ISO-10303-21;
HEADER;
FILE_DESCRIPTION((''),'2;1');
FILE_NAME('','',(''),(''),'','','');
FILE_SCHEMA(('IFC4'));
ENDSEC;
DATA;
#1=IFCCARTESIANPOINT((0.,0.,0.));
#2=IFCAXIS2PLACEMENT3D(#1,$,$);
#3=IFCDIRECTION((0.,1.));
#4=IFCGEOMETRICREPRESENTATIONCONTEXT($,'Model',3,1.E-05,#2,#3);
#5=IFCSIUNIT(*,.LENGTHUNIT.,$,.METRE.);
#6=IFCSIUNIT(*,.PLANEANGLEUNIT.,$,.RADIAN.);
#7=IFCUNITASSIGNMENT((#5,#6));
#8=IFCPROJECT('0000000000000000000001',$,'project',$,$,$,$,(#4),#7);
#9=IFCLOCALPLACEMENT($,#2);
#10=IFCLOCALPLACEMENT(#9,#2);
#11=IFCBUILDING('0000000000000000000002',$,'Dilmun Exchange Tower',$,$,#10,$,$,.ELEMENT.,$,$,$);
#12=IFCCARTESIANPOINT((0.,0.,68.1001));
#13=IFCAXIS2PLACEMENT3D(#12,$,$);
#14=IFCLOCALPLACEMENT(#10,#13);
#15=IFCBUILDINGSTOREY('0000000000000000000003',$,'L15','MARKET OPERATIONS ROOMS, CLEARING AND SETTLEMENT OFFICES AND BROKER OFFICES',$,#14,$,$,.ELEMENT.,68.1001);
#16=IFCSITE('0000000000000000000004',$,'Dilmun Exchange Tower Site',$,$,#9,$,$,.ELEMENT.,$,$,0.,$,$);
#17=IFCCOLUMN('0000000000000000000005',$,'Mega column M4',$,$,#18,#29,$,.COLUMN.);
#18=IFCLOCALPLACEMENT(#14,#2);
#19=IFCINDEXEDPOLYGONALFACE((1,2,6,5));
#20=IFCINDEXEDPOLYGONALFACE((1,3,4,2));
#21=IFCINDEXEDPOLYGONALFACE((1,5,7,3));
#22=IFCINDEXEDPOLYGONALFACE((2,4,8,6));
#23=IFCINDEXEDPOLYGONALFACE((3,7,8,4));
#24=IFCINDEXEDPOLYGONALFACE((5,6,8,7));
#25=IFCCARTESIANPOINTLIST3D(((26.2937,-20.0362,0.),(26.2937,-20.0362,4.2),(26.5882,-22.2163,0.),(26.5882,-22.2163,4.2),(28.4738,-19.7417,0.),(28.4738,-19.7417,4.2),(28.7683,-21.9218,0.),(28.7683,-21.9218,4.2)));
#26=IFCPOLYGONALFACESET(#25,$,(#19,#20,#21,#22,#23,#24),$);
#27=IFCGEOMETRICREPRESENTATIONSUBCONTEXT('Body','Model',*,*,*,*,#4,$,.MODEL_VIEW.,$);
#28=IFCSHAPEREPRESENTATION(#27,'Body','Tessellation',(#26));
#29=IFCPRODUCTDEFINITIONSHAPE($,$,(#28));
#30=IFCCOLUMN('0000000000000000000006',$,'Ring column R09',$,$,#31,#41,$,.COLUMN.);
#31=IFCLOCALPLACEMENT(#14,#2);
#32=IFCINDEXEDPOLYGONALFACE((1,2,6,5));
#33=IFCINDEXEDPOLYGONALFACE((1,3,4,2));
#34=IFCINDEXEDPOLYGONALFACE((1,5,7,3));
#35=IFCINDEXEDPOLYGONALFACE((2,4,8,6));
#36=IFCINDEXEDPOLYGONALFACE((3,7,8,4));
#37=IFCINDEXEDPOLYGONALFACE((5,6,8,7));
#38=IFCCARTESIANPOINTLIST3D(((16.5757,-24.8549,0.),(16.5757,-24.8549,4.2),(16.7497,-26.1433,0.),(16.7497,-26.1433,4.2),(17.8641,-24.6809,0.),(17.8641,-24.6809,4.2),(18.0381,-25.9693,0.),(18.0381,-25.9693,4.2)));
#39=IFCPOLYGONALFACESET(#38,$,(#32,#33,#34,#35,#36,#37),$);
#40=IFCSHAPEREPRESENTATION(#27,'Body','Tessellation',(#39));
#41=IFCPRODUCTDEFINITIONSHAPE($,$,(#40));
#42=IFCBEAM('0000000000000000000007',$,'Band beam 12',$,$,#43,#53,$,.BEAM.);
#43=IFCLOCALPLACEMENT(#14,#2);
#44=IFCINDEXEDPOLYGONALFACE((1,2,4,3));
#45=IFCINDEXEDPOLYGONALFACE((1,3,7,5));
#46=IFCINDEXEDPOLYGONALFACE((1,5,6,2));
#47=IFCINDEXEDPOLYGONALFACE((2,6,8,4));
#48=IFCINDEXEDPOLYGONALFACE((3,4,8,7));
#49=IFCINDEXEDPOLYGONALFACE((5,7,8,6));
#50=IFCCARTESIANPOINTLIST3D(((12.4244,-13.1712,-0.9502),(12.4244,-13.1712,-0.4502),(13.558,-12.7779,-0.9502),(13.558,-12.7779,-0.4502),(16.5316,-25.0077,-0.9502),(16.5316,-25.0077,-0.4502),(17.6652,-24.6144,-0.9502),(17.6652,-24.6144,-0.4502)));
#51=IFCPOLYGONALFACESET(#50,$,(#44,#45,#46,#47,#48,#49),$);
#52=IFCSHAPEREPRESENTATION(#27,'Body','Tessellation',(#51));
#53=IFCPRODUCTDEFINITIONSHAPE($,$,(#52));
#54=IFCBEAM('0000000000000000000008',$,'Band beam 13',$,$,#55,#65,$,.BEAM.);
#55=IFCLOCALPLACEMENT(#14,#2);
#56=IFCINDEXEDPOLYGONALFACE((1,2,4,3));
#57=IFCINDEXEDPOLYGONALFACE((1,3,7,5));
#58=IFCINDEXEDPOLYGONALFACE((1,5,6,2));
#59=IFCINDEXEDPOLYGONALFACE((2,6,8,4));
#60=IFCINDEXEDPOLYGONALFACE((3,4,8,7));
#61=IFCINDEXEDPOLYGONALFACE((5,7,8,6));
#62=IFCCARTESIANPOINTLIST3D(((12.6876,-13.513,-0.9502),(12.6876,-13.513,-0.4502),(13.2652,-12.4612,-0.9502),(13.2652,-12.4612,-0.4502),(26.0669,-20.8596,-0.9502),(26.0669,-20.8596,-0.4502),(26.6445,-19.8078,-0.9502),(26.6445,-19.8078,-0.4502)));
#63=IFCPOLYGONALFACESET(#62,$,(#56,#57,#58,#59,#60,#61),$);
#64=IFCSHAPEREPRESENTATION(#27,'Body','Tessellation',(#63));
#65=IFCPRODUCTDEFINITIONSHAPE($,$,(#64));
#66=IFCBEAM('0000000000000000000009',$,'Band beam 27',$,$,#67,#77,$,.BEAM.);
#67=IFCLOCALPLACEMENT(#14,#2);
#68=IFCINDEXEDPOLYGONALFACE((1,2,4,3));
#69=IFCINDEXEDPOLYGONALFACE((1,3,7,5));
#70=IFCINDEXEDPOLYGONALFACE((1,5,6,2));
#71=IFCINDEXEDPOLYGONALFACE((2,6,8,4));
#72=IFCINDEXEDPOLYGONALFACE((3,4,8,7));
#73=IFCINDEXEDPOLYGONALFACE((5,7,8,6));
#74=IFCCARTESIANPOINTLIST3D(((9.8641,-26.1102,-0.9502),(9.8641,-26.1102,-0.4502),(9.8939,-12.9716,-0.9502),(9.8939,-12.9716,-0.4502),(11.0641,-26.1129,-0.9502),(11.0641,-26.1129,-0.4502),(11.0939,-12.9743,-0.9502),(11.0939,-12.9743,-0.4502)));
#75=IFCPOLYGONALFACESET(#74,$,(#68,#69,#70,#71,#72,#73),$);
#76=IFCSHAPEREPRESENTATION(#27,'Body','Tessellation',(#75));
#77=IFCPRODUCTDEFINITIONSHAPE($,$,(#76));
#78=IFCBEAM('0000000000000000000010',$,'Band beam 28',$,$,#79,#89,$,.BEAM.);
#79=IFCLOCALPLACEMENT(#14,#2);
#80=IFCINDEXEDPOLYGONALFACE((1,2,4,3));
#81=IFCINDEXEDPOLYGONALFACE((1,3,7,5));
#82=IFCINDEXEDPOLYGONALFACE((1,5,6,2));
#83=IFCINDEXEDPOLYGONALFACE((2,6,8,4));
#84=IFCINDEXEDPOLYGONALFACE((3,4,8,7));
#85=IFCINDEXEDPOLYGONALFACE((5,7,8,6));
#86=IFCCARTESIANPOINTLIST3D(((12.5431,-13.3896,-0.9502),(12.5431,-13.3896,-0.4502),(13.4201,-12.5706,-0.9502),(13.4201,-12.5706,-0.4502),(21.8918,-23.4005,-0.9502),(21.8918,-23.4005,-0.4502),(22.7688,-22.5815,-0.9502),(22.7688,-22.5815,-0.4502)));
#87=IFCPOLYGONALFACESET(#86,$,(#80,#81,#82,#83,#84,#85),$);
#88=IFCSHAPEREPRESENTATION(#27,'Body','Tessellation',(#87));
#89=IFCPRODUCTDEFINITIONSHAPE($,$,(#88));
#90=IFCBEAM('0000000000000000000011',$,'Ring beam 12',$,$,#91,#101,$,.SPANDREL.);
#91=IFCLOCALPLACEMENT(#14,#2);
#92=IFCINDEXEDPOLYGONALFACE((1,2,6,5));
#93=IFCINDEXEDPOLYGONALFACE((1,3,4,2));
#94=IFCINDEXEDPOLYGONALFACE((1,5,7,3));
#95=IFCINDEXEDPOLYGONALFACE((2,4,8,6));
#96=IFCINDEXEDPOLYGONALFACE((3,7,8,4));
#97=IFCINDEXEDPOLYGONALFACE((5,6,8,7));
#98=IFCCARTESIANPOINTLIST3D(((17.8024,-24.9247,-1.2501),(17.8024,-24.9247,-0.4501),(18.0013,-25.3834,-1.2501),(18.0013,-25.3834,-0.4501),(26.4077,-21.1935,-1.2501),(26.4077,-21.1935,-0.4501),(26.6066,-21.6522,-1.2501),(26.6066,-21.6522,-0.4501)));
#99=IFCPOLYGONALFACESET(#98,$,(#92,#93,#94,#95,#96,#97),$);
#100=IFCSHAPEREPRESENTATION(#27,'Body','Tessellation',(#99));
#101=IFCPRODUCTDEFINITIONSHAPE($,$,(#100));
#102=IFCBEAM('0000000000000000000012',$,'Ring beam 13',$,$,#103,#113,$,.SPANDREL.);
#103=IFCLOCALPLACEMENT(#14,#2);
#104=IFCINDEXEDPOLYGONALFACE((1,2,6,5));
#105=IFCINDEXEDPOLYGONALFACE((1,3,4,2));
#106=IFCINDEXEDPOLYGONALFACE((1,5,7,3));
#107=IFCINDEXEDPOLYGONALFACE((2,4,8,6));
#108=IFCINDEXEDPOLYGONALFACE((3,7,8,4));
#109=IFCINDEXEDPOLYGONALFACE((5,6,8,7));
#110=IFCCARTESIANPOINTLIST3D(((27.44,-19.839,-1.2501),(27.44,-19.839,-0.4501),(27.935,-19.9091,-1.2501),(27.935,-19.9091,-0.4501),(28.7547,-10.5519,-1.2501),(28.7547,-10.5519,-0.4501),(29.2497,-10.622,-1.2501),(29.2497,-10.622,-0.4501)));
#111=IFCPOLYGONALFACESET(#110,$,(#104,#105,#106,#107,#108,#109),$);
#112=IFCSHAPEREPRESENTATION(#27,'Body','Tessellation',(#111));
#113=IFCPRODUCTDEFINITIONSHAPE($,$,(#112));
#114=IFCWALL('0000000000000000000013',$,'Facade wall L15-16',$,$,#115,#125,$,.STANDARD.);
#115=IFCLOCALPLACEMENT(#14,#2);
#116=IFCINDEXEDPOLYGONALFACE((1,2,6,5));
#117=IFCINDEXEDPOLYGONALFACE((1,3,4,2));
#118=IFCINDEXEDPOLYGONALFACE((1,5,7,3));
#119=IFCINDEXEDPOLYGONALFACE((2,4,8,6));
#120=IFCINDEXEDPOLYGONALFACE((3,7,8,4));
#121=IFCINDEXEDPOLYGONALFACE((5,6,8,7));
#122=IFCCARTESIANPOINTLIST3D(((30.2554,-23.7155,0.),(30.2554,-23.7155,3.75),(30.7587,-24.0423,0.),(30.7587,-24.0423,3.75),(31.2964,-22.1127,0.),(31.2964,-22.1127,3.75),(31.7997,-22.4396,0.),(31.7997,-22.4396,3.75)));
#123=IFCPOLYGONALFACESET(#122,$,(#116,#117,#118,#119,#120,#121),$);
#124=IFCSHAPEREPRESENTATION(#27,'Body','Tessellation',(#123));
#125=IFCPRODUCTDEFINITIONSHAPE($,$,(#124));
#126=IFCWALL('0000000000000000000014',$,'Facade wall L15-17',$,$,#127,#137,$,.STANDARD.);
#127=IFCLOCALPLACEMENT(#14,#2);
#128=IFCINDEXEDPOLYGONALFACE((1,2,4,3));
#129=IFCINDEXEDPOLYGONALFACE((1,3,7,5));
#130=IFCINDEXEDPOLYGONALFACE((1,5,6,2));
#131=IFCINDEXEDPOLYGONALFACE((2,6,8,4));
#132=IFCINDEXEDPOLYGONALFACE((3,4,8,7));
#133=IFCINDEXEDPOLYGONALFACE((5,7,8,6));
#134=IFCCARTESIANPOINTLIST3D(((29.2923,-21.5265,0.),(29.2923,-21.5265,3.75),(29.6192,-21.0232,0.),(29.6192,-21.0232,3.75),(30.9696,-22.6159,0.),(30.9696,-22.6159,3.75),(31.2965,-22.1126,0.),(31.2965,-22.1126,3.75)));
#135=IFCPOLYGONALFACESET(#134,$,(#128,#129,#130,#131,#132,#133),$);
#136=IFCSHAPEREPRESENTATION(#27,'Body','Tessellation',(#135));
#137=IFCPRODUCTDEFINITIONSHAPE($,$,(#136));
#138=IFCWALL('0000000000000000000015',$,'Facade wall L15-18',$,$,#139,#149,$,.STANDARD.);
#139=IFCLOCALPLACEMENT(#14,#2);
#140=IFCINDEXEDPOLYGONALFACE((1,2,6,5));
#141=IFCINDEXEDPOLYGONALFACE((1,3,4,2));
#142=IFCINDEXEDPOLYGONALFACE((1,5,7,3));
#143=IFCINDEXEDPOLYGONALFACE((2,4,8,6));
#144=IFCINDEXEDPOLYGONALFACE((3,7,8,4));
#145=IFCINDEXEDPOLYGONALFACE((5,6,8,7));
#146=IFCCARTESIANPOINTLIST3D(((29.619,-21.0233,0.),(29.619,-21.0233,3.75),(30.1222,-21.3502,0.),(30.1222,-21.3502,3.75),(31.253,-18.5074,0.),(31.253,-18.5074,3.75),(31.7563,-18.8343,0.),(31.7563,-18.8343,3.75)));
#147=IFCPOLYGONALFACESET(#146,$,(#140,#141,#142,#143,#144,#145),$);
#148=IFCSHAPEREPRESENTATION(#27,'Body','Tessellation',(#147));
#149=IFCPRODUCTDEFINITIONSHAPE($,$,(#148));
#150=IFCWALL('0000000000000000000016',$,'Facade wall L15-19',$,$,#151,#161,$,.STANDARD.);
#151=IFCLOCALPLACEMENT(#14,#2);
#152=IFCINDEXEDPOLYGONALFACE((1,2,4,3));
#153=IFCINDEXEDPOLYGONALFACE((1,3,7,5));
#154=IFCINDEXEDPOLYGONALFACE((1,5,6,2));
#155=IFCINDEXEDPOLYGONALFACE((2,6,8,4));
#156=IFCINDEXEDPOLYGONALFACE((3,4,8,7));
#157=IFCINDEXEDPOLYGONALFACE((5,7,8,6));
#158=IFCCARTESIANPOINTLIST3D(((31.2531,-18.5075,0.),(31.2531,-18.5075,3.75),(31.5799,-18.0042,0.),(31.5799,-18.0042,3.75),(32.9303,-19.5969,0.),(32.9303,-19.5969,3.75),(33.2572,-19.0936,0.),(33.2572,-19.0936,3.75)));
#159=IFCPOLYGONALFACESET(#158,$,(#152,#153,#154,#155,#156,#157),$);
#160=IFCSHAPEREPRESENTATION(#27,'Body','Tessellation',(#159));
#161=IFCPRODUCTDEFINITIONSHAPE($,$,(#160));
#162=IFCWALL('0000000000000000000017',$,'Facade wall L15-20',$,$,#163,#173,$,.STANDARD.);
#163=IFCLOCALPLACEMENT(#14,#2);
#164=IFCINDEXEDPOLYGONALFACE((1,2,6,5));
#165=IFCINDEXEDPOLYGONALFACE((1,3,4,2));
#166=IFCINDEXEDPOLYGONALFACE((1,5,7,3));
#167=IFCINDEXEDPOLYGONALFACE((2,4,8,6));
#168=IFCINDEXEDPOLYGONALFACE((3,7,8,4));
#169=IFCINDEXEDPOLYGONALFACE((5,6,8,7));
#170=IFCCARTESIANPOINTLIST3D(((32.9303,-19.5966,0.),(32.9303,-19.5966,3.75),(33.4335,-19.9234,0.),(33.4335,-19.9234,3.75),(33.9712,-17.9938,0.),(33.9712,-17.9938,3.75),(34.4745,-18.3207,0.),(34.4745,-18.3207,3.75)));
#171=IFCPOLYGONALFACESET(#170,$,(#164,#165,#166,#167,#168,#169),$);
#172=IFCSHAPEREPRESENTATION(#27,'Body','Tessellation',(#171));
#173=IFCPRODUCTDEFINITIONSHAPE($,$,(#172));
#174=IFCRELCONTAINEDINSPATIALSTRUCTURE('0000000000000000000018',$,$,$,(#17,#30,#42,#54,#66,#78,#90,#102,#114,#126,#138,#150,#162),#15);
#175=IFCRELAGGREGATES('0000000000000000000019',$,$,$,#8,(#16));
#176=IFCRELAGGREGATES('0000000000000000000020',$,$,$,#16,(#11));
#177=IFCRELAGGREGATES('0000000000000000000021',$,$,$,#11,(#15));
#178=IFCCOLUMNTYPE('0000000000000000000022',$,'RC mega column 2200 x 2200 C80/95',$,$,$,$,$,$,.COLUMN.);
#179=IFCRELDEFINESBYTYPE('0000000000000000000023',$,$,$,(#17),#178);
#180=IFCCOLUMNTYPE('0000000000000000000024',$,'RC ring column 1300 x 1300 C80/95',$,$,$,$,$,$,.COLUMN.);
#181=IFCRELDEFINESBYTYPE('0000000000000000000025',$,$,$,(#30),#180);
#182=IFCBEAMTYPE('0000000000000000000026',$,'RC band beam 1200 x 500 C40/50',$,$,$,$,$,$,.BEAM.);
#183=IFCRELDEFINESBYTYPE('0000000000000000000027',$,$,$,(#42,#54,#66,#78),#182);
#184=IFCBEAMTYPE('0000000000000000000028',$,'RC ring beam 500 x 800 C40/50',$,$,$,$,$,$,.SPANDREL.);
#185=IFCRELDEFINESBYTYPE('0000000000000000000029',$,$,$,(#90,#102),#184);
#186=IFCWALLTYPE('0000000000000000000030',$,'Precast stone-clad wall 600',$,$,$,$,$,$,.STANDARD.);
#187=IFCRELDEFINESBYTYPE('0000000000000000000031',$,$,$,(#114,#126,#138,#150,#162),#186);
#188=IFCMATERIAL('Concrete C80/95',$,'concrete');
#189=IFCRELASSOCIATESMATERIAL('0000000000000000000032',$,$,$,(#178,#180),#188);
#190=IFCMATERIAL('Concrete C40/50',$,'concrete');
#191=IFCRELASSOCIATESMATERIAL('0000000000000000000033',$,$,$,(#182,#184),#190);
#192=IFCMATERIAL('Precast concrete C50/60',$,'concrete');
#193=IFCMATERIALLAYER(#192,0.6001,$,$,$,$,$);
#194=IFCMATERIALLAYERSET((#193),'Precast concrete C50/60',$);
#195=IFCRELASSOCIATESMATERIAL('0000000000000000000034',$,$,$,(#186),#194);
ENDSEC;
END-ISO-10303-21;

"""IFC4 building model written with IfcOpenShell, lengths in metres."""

from ifc_helpers import new_model, si_unit, direction, frame, frame_2d, origin, origin_2d, place, context, subcontext, project, spatial, rectangle, extrude, material, layer, layer_set, material_profile, profile_set, type_object, element, save


model = new_model("IFC4")

# Units and contexts
model_context = context("Model", 3, precision=1e-05, world=origin(), true_north=direction((0.0, 1.0)))
body_context = subcontext(model_context, "Body", "Model", "MODEL_VIEW")
ifc_project = project(units=[si_unit("LENGTHUNIT", "METRE"), si_unit("PLANEANGLEUNIT", "RADIAN")], contexts=[model_context])

# Site, building, storey
site_placement = place(None, origin())
site = spatial("IfcSite", under=ifc_project, at=site_placement, Name="Dilmun Exchange Tower Site", CompositionType="ELEMENT", RefElevation=0.0)
building_placement = place(site_placement, origin())
building = spatial("IfcBuilding", under=site, at=building_placement, Name="Dilmun Exchange Tower", CompositionType="ELEMENT")
storey_placement = place(building_placement, frame((0.0, 0.0, 68.1001)))
storey = spatial("IfcBuildingStorey", under=building, at=storey_placement, Name="L15", Description="MARKET OPERATIONS ROOMS, CLEARING AND SETTLEMENT OFFICES AND BROKER OFFICES", CompositionType="ELEMENT", Elevation=68.1001)

# Columns
ifc_material_1 = material(Name="Concrete C80/95", Category="concrete")
ifc_material_profile_1 = material_profile(ifc_material_1, rectangle(XDim=2.2, YDim=2.2, at=origin_2d()), Name="2200 x 2200")
ifc_profile_set_1 = profile_set([ifc_material_profile_1], Name="Concrete C80/95")
column_type_1 = type_object("IfcColumnType", Name="RC mega column 2200 x 2200 C80/95", PredefinedType="COLUMN", material=ifc_profile_set_1)
column_1_placement = place(storey_placement, frame((27.531, -20.979, 0.0), z_axis=(0.0, 0.0, 1.0), x_axis=(0.991001, 0.133853, 0.0)))
element("IfcColumn", 1, at=column_1_placement, inside=storey, type_object=column_type_1, Name="Mega column M4", PredefinedType="COLUMN", context=body_context, shape_type="SweptSolid", body=[
    extrude(rectangle(XDim=2.2, YDim=2.2, at=origin_2d()), origin(), (0.0, 0.0, 1.0), 4.2),
])
ifc_material_profile_2 = material_profile(ifc_material_1, rectangle(XDim=1.3, YDim=1.3, at=origin_2d()), Name="1300 x 1300")
ifc_profile_set_2 = profile_set([ifc_material_profile_2], Name="Concrete C80/95")
column_type_2 = type_object("IfcColumnType", Name="RC ring column 1300 x 1300 C80/95", PredefinedType="COLUMN", material=ifc_profile_set_2)
column_2_placement = place(storey_placement, frame((17.3069, -25.4121, 0.0), z_axis=(0.0, 0.0, 1.0), x_axis=(0.991001, 0.133853, 0.0)))
element("IfcColumn", 2, at=column_2_placement, inside=storey, type_object=column_type_2, Name="Ring column R09", PredefinedType="COLUMN", context=body_context, shape_type="SweptSolid", body=[
    extrude(rectangle(XDim=1.3, YDim=1.3, at=origin_2d()), origin(), (0.0, 0.0, 1.0), 4.2),
])

# Beams
ifc_material_2 = material(Name="Concrete C40/50", Category="concrete")
ifc_material_profile_3 = material_profile(ifc_material_2, rectangle(XDim=1.2, YDim=0.5, at=origin_2d()), Name="1200 x 500")
ifc_profile_set_3 = profile_set([ifc_material_profile_3], Name="Concrete C40/50")
beam_type_1 = type_object("IfcBeamType", Name="RC band beam 1200 x 500 C40/50", PredefinedType="BEAM", material=ifc_profile_set_3)
beam_1_placement = place(storey_placement, frame((17.0984, -24.811, -0.7002), z_axis=(-0.32782, 0.94474, 0.0), x_axis=(-0.94474, -0.32782, 0.0)))
element("IfcBeam", 3, at=beam_1_placement, inside=storey, type_object=beam_type_1, Name="Band beam 12", PredefinedType="BEAM", context=body_context, shape_type="SweptSolid", body=[
    extrude(rectangle(XDim=1.2, YDim=0.5, at=origin_2d()), origin(), (0.0, 0.0, 1.0), 12.5288),
])
beam_2_placement = place(storey_placement, frame((26.3557, -20.3337, -0.7002), z_axis=(-0.876547, 0.481316, 0.0), x_axis=(-0.481316, -0.876547, 0.0)))
element("IfcBeam", 4, at=beam_2_placement, inside=storey, type_object=beam_type_1, Name="Band beam 13", PredefinedType="BEAM", context=body_context, shape_type="SweptSolid", body=[
    extrude(rectangle(XDim=1.2, YDim=0.5, at=origin_2d()), origin(), (0.0, 0.0, 1.0), 15.2637),
])
beam_3_placement = place(storey_placement, frame((10.4641, -26.1116, -0.7002), z_axis=(0.002267, 0.999997, 0.0), x_axis=(-0.999997, 0.002267, 0.0)))
element("IfcBeam", 5, at=beam_3_placement, inside=storey, type_object=beam_type_1, Name="Band beam 27", PredefinedType="BEAM", context=body_context, shape_type="SweptSolid", body=[
    extrude(rectangle(XDim=1.2, YDim=0.5, at=origin_2d()), origin(), (0.0, 0.0, 1.0), 13.1387),
])
beam_4_placement = place(storey_placement, frame((22.3303, -22.991, -0.7002), z_axis=(-0.682524, 0.730863, 0.0), x_axis=(-0.730863, -0.682524, 0.0)))
element("IfcBeam", 6, at=beam_4_placement, inside=storey, type_object=beam_type_1, Name="Band beam 28", PredefinedType="BEAM", context=body_context, shape_type="SweptSolid", body=[
    extrude(rectangle(XDim=1.2, YDim=0.5, at=origin_2d()), origin(), (0.0, 0.0, 1.0), 13.6973),
])
ifc_material_profile_4 = material_profile(ifc_material_2, rectangle(XDim=0.5, YDim=0.8, at=origin_2d()), Name="500 x 800")
ifc_profile_set_4 = profile_set([ifc_material_profile_4], Name="Concrete C40/50")
beam_type_2 = type_object("IfcBeamType", Name="RC ring beam 500 x 800 C40/50", PredefinedType="SPANDREL", material=ifc_profile_set_4)
beam_5_placement = place(storey_placement, frame((17.9019, -25.1541, -0.8501), z_axis=(0.917467, 0.397811, 0.0), x_axis=(-0.397811, 0.917467, 0.0)))
element("IfcBeam", 7, at=beam_5_placement, inside=storey, type_object=beam_type_2, Name="Ring beam 12", PredefinedType="SPANDREL", context=body_context, shape_type="SweptSolid", body=[
    extrude(rectangle(XDim=0.5, YDim=0.8, at=origin_2d()), origin(), (0.0, 0.0, 1.0), 9.3794),
])
beam_6_placement = place(storey_placement, frame((27.6875, -19.874, -0.8501), z_axis=(0.140164, 0.990128, 0.0), x_axis=(-0.990128, 0.140164, 0.0)))
element("IfcBeam", 8, at=beam_6_placement, inside=storey, type_object=beam_type_2, Name="Ring beam 13", PredefinedType="SPANDREL", context=body_context, shape_type="SweptSolid", body=[
    extrude(rectangle(XDim=0.5, YDim=0.8, at=origin_2d()), origin(), (0.0, 0.0, 1.0), 9.3796),
])

# Walls
ifc_material_3 = material(Name="Precast concrete C50/60", Category="concrete")
ifc_layer = layer(ifc_material_3, 0.6001)
ifc_layer_set = layer_set([ifc_layer], Name="Precast concrete C50/60")
wall_type = type_object("IfcWallType", Name="Precast stone-clad wall 600", PredefinedType="STANDARD", material=ifc_layer_set)
wall_1_placement = place(storey_placement, frame((30.5071, -23.8789, 0.0), z_axis=(0.0, 0.0, 1.0), x_axis=(0.544696, 0.838633, 0.0)))
element("IfcWall", 9, at=wall_1_placement, inside=storey, type_object=wall_type, Name="Facade wall L15-16", PredefinedType="STANDARD", context=body_context, shape_type="SweptSolid", body=[
    extrude(rectangle(XDim=1.9111, YDim=0.6001, at=frame_2d((0.9556, 0.0))), origin(), (0.0, 0.0, 1.0), 3.75),
])
wall_2_placement = place(storey_placement, frame((31.1331, -22.3643, 0.0), z_axis=(0.0, 0.0, 1.0), x_axis=(-0.838639, 0.544688, 0.0)))
element("IfcWall", 10, at=wall_2_placement, inside=storey, type_object=wall_type, Name="Facade wall L15-17", PredefinedType="STANDARD", context=body_context, shape_type="SweptSolid", body=[
    extrude(rectangle(XDim=2.0, YDim=0.6001, at=frame_2d((1.0, 0.0))), origin(), (0.0, 0.0, 1.0), 3.75),
])
wall_3_placement = place(storey_placement, frame((29.8706, -21.1868, 0.0), z_axis=(0.0, 0.0, 1.0), x_axis=(0.544688, 0.838639, 0.0)))
element("IfcWall", 11, at=wall_3_placement, inside=storey, type_object=wall_type, Name="Facade wall L15-18", PredefinedType="STANDARD", context=body_context, shape_type="SweptSolid", body=[
    extrude(rectangle(XDim=3.0, YDim=0.6001, at=frame_2d((1.5, 0.0))), origin(), (0.0, 0.0, 1.0), 3.75),
])
wall_4_placement = place(storey_placement, frame((31.4165, -18.2559, 0.0), z_axis=(0.0, 0.0, 1.0), x_axis=(0.838639, -0.544688, 0.0)))
element("IfcWall", 12, at=wall_4_placement, inside=storey, type_object=wall_type, Name="Facade wall L15-19", PredefinedType="STANDARD", context=body_context, shape_type="SweptSolid", body=[
    extrude(rectangle(XDim=2.0, YDim=0.6001, at=frame_2d((1.0, 0.0))), origin(), (0.0, 0.0, 1.0), 3.75),
])
wall_5_placement = place(storey_placement, frame((33.1819, -19.76, 0.0), z_axis=(0.0, 0.0, 1.0), x_axis=(0.544696, 0.838633, 0.0)))
element("IfcWall", 13, at=wall_5_placement, inside=storey, type_object=wall_type, Name="Facade wall L15-20", PredefinedType="STANDARD", context=body_context, shape_type="SweptSolid", body=[
    extrude(rectangle(XDim=1.9111, YDim=0.6001, at=frame_2d((0.9556, 0.0))), origin(), (0.0, 0.0, 1.0), 3.75),
])

save(model, "model.ifc")
